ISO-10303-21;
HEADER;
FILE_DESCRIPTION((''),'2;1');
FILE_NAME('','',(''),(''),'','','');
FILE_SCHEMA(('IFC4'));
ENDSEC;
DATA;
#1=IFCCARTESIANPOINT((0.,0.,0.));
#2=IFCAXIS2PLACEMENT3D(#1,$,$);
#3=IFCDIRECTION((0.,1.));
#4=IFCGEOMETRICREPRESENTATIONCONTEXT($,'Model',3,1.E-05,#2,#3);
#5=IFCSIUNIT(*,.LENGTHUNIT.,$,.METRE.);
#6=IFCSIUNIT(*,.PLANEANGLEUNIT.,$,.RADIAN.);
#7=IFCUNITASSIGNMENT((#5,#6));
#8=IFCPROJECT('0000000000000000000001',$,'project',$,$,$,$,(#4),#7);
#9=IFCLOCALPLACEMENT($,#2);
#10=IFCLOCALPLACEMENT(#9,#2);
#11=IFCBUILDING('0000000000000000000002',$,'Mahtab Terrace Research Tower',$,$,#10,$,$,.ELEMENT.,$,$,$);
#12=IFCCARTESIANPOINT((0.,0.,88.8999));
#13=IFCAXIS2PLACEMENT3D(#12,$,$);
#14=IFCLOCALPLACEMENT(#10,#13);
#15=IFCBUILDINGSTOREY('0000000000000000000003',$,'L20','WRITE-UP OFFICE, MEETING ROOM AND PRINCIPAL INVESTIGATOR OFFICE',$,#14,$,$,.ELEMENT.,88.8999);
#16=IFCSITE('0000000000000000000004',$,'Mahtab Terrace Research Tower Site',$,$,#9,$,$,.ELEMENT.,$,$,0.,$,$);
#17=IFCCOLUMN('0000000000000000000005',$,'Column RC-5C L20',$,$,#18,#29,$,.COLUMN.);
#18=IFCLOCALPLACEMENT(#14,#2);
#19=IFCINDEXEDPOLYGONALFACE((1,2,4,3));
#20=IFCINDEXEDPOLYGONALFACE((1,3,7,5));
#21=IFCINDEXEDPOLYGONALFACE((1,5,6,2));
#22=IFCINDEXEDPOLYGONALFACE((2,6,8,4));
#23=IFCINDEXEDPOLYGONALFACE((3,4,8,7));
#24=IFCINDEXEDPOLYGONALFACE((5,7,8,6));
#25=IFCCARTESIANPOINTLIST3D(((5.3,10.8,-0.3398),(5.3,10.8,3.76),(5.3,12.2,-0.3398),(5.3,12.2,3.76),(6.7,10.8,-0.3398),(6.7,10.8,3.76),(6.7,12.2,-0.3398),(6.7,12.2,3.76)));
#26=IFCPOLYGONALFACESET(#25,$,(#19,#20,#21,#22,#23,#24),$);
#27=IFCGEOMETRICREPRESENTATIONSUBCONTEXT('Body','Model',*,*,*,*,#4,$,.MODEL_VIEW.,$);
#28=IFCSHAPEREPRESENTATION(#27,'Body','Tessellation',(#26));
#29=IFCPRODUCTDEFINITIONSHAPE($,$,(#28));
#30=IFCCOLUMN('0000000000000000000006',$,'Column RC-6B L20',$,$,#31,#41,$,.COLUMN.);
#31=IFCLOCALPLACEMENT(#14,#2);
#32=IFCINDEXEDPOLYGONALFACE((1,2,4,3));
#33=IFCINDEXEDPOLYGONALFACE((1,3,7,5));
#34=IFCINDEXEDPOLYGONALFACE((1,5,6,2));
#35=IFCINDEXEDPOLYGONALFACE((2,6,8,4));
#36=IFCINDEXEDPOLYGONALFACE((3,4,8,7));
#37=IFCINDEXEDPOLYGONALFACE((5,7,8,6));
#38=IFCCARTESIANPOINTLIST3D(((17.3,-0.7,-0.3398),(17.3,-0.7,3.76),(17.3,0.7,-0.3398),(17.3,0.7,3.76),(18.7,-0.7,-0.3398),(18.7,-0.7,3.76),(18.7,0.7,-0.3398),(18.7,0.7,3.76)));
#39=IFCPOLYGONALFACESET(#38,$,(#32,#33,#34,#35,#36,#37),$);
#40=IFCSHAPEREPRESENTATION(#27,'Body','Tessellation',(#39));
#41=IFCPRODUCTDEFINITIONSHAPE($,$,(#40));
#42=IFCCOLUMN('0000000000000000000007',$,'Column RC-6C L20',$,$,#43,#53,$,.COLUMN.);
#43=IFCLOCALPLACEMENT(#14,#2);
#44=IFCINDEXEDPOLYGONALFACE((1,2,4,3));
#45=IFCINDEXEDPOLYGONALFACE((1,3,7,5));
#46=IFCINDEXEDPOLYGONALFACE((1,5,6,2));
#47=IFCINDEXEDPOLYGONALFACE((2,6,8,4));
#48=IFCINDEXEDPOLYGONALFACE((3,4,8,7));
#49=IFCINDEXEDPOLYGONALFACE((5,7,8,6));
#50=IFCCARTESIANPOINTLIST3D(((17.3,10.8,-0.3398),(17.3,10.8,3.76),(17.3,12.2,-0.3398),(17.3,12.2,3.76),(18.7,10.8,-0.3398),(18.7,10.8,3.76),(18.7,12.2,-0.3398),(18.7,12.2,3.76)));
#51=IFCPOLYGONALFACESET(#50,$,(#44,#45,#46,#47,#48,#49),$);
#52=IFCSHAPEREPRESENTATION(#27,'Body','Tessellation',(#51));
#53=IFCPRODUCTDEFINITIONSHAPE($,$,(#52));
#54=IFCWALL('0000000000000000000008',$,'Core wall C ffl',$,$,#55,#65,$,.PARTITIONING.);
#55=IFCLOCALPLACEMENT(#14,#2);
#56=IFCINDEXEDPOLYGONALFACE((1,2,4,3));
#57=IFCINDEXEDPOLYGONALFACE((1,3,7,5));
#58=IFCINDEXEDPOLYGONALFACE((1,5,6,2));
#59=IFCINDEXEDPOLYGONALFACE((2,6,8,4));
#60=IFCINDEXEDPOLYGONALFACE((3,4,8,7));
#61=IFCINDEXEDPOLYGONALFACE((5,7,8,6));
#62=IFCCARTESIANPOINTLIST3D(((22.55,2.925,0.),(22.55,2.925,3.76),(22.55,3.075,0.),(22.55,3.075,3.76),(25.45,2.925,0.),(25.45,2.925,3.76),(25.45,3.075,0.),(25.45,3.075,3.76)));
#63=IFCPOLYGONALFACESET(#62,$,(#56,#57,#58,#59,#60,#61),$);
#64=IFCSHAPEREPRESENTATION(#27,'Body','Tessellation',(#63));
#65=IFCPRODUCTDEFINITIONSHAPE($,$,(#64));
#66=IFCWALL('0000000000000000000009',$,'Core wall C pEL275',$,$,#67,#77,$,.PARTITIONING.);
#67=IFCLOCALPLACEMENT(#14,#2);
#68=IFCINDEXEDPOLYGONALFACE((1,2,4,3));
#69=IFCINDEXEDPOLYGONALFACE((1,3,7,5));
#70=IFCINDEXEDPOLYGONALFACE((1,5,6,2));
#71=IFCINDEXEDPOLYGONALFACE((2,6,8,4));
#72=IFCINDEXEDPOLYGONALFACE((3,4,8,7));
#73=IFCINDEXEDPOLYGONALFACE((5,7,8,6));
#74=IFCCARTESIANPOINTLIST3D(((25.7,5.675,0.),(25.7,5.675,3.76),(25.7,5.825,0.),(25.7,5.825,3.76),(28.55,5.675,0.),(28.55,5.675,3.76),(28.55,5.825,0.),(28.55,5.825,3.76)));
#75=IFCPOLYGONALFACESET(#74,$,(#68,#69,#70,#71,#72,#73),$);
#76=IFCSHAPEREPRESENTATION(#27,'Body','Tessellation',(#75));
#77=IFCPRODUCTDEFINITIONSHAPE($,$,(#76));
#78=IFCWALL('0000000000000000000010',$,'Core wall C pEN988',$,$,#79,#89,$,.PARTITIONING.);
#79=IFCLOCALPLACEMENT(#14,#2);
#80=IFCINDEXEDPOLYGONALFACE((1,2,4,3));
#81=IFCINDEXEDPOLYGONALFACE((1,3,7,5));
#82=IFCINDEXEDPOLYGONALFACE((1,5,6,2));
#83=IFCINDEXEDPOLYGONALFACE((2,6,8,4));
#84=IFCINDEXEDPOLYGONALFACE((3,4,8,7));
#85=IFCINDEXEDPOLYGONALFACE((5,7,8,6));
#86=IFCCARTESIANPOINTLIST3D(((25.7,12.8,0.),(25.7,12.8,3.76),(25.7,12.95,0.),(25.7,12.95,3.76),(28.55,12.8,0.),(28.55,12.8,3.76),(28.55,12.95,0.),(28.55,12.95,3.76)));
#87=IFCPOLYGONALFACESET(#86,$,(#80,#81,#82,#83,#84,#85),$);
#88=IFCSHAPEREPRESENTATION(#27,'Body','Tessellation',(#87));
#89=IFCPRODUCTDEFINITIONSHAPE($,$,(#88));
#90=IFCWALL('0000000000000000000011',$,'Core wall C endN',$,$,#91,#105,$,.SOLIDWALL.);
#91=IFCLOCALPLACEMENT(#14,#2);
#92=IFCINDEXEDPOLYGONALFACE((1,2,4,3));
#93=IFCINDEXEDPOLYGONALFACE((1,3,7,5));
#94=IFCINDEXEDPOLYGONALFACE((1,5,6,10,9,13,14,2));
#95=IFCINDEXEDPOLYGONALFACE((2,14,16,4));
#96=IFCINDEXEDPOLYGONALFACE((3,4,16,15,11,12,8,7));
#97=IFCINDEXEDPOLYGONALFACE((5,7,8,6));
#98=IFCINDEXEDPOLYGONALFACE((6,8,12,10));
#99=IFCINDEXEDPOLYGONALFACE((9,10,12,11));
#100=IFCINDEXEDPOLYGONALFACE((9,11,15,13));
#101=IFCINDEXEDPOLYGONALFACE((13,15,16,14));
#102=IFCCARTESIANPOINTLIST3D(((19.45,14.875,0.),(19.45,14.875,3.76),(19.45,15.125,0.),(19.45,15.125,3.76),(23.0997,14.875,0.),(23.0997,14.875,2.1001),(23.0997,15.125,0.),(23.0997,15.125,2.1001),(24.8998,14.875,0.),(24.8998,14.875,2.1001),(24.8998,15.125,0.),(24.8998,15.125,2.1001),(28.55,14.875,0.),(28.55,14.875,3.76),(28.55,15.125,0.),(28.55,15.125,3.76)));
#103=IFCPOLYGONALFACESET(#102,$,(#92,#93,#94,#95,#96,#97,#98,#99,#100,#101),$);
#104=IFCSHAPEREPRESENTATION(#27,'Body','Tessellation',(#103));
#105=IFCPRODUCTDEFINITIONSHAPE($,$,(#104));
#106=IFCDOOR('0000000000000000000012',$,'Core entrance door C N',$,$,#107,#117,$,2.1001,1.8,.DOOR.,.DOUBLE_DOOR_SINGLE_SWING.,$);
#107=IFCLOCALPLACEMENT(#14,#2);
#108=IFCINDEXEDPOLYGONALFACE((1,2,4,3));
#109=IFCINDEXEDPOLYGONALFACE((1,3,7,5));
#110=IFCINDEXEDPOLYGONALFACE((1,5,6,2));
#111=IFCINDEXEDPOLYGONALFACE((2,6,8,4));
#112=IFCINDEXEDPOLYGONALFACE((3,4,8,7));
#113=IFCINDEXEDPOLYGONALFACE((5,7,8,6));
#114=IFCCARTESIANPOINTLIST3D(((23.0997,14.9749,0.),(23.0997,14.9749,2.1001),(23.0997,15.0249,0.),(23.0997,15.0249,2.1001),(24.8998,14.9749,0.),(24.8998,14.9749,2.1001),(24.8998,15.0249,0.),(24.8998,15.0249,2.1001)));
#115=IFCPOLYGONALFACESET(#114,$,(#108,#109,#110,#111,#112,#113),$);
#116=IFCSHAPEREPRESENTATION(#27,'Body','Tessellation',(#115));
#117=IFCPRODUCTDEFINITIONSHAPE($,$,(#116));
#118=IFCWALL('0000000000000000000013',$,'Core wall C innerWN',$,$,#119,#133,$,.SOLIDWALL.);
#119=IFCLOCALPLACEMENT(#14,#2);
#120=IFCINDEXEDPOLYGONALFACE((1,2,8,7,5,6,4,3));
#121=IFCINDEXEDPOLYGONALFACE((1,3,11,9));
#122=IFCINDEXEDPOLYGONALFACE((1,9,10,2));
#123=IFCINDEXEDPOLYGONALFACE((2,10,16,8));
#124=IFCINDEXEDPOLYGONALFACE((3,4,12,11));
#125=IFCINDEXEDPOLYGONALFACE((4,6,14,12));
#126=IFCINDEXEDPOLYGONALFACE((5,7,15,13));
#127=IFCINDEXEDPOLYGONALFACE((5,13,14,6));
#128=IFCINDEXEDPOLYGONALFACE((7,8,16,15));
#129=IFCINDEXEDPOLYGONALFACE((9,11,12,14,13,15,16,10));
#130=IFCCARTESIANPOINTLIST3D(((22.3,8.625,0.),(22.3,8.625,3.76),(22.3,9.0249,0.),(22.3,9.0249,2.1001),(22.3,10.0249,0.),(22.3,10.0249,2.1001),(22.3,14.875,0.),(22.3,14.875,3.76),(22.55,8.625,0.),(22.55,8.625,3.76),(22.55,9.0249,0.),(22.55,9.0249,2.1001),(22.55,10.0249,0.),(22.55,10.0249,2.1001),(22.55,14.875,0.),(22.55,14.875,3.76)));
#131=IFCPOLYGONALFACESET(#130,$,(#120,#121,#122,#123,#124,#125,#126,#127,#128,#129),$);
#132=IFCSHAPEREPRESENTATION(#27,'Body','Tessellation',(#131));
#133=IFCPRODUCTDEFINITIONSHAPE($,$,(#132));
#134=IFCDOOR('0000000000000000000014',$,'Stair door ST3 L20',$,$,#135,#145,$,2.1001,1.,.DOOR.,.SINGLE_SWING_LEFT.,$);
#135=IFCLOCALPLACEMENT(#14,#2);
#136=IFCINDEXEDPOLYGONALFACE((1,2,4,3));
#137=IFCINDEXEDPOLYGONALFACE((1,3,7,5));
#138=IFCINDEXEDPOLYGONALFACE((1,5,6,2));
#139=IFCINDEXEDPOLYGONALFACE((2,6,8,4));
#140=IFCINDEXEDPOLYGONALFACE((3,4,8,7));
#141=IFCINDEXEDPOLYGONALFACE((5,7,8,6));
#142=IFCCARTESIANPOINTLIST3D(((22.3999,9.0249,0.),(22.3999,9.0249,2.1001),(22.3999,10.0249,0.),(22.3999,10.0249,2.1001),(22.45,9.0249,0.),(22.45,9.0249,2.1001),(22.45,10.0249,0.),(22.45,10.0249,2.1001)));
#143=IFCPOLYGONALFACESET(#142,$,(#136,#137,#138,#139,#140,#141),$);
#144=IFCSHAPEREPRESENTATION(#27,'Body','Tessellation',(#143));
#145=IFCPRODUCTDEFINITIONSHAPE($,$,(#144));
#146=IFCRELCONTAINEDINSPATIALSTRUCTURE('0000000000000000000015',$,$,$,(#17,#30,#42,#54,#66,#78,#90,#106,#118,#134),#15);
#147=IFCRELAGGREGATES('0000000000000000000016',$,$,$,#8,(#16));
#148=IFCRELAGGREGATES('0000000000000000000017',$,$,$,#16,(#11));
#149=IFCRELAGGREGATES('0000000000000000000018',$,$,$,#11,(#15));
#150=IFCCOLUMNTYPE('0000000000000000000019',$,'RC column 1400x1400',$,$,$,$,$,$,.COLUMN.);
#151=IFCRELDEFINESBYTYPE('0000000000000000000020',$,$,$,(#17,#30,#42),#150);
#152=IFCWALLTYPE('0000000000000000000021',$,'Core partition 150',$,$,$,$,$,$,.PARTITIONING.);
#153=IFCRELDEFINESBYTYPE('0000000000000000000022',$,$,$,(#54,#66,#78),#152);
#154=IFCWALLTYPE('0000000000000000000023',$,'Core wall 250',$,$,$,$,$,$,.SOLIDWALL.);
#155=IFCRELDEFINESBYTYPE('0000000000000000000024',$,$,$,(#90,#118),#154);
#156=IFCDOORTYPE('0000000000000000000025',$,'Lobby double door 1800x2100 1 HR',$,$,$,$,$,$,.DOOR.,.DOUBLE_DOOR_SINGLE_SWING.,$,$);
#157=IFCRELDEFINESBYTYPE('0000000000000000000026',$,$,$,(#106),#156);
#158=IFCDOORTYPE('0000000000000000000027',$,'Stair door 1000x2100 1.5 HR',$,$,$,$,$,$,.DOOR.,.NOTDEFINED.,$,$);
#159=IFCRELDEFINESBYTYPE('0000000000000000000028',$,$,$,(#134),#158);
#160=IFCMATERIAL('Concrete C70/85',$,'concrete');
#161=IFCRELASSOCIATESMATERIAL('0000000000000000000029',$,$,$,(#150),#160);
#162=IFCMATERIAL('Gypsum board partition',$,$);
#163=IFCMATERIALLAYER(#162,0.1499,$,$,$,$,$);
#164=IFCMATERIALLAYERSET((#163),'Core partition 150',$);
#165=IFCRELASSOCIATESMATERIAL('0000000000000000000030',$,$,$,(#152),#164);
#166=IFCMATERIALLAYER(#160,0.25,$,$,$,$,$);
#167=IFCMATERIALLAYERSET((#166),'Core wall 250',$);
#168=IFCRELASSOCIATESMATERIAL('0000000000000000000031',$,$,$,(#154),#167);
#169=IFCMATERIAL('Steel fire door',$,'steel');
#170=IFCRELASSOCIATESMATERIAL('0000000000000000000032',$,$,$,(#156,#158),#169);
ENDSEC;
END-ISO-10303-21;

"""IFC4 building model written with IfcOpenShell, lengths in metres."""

from ifc_helpers import new_model, si_unit, direction, frame, frame_2d, origin, origin_2d, place, context, subcontext, project, spatial, rectangle, extrude, material, layer, layer_set, material_profile, profile_set, type_object, element, fill, save


model = new_model("IFC4")

# Units and contexts
model_context = context("Model", 3, precision=1e-05, world=origin(), true_north=direction((0.0, 1.0)))
body_context = subcontext(model_context, "Body", "Model", "MODEL_VIEW")
ifc_project = project(units=[si_unit("LENGTHUNIT", "METRE"), si_unit("PLANEANGLEUNIT", "RADIAN")], contexts=[model_context])

# Site, building, storey
site_placement = place(None, origin())
site = spatial("IfcSite", under=ifc_project, at=site_placement, Name="Mahtab Terrace Research Tower Site", CompositionType="ELEMENT", RefElevation=0.0)
building_placement = place(site_placement, origin())
building = spatial("IfcBuilding", under=site, at=building_placement, Name="Mahtab Terrace Research Tower", CompositionType="ELEMENT")
storey_placement = place(building_placement, frame((0.0, 0.0, 88.8999)))
storey = spatial("IfcBuildingStorey", under=building, at=storey_placement, Name="L20", Description="WRITE-UP OFFICE, MEETING ROOM AND PRINCIPAL INVESTIGATOR OFFICE", CompositionType="ELEMENT", Elevation=88.8999)

# Columns
ifc_material_1 = material(Name="Concrete C70/85", Category="concrete")
ifc_material_profile = material_profile(ifc_material_1, rectangle(XDim=1.3999, YDim=1.3999, at=origin_2d()), Name="RC column 1400x1400")
ifc_profile_set = profile_set([ifc_material_profile], Name="Concrete C70/85")
column_type = type_object("IfcColumnType", Name="RC column 1400x1400", PredefinedType="COLUMN", material=ifc_profile_set)
for number, where, z_axis, x_axis, name in (
    (1, (6.0, 11.5, -0.3398), (0.0, 0.0, 1.0), (1.0, 0.0, 0.0), "Column RC-5C L20"),
    (2, (18.0, 0.0, -0.3398), (0.0, 0.0, 1.0), (1.0, 0.0, 0.0), "Column RC-6B L20"),
    (3, (18.0, 11.5, -0.3398), (0.0, 0.0, 1.0), (1.0, 0.0, 0.0), "Column RC-6C L20"),
):
    element("IfcColumn", number, at=place(storey_placement, frame(where, z_axis=z_axis, x_axis=x_axis)), inside=storey, type_object=column_type, Name=name, PredefinedType="COLUMN", context=body_context, shape_type="SweptSolid", body=[
        extrude(rectangle(XDim=1.3999, YDim=1.3999, at=origin_2d()), origin(), (0.0, 0.0, 1.0), 4.0999),
    ])

# Walls
ifc_material_2 = material(Name="Gypsum board partition")
ifc_layer_1 = layer(ifc_material_2, 0.1499)
ifc_layer_set_1 = layer_set([ifc_layer_1], Name="Core partition 150")
wall_type_1 = type_object("IfcWallType", Name="Core partition 150", PredefinedType="PARTITIONING", material=ifc_layer_set_1)
wall_1_placement = place(storey_placement, frame((22.55, 3.0, 0.0), z_axis=(0.0, 0.0, 1.0), x_axis=(1.0, 0.0, 0.0)))
element("IfcWall", 4, at=wall_1_placement, inside=storey, type_object=wall_type_1, Name="Core wall C ffl", PredefinedType="PARTITIONING", context=body_context, shape_type="SweptSolid", body=[
    extrude(rectangle(XDim=2.8999, YDim=0.1499, at=frame_2d((1.45, 0.0))), origin(), (0.0, 0.0, 1.0), 3.76),
])
for number, where, z_axis, x_axis, name in (
    (5, (25.7, 5.75, 0.0), (0.0, 0.0, 1.0), (1.0, 0.0, 0.0), "Core wall C pEL275"),
    (6, (25.7, 12.875, 0.0), (0.0, 0.0, 1.0), (1.0, 0.0, 0.0), "Core wall C pEN988"),
):
    element("IfcWall", number, at=place(storey_placement, frame(where, z_axis=z_axis, x_axis=x_axis)), inside=storey, type_object=wall_type_1, Name=name, PredefinedType="PARTITIONING", context=body_context, shape_type="SweptSolid", body=[
        extrude(rectangle(XDim=2.8501, YDim=0.1499, at=frame_2d((1.425, 0.0))), origin(), (0.0, 0.0, 1.0), 3.76),
    ])

# Walls, openings, doors
ifc_layer_2 = layer(ifc_material_1, 0.25)
ifc_layer_set_2 = layer_set([ifc_layer_2], Name="Core wall 250")
wall_type_2 = type_object("IfcWallType", Name="Core wall 250", PredefinedType="SOLIDWALL", material=ifc_layer_set_2)
wall_2_placement = place(storey_placement, frame((19.45, 15.0, 0.0), z_axis=(0.0, 0.0, 1.0), x_axis=(1.0, 0.0, 0.0)))
wall_2 = element("IfcWall", 7, at=wall_2_placement, inside=storey, type_object=wall_type_2, Name="Core wall C endN", PredefinedType="SOLIDWALL", context=body_context, shape_type="SweptSolid", body=[
    extrude(rectangle(XDim=9.1001, YDim=0.25, at=frame_2d((4.55, 0.0))), origin(), (0.0, 0.0, 1.0), 3.76),
])
opening_1_placement = place(wall_2_placement, frame((3.6499, 0.0, 0.0)))
opening_1 = element("IfcOpeningElement", 8, at=opening_1_placement, cuts=wall_2, PredefinedType="OPENING", context=body_context, shape_type="SweptSolid", body=[
    extrude(rectangle(XDim=1.8, YDim=2.1001, at=frame_2d((0.8999, 1.05))), frame((0.0, 0.135, 0.0), z_axis=(0.0, -1.0, 0.0), x_axis=(1.0, 0.0, 0.0)), (0.0, 0.0, 1.0), 0.27),
])
ifc_material_3 = material(Name="Steel fire door", Category="steel")
door_type_1 = type_object("IfcDoorType", Name="Lobby double door 1800x2100 1 HR", OperationType="DOUBLE_DOOR_SINGLE_SWING", PredefinedType="DOOR", material=ifc_material_3)
door_1_placement = place(opening_1_placement, origin())
door_1 = element("IfcDoor", 9, at=door_1_placement, inside=storey, type_object=door_type_1, Name="Core entrance door C N", OperationType="DOUBLE_DOOR_SINGLE_SWING", OverallHeight=2.1001, OverallWidth=1.8, PredefinedType="DOOR", context=body_context, shape_type="SweptSolid", body=[
    extrude(rectangle(XDim=1.8, YDim=2.1001, at=frame_2d((0.8999, 1.05))), frame((0.0, 0.0249, 0.0), z_axis=(0.0, -1.0, 0.0), x_axis=(1.0, 0.0, 0.0)), (0.0, 0.0, 1.0), 0.05),
])
fill(opening_1, door_1)
wall_3_placement = place(storey_placement, frame((22.425, 14.875, 0.0), z_axis=(0.0, 0.0, 1.0), x_axis=(0.0, -1.0, 0.0)))
wall_3 = element("IfcWall", 10, at=wall_3_placement, inside=storey, type_object=wall_type_2, Name="Core wall C innerWN", PredefinedType="SOLIDWALL", context=body_context, shape_type="SweptSolid", body=[
    extrude(rectangle(XDim=6.25, YDim=0.25, at=frame_2d((3.125, 0.0))), origin(), (0.0, 0.0, 1.0), 3.76),
])
opening_2_placement = place(wall_3_placement, frame((4.8501, 0.0, 0.0)))
opening_2 = element("IfcOpeningElement", 11, at=opening_2_placement, cuts=wall_3, PredefinedType="OPENING", context=body_context, shape_type="SweptSolid", body=[
    extrude(rectangle(XDim=1.0, YDim=2.1001, at=frame_2d((0.5, 1.05))), frame((0.0, 0.135, 0.0), z_axis=(0.0, -1.0, 0.0), x_axis=(1.0, 0.0, 0.0)), (0.0, 0.0, 1.0), 0.27),
])
door_type_2 = type_object("IfcDoorType", Name="Stair door 1000x2100 1.5 HR", OperationType="NOTDEFINED", PredefinedType="DOOR", material=ifc_material_3)
door_2_placement = place(opening_2_placement, origin())
door_2 = element("IfcDoor", 12, at=door_2_placement, inside=storey, type_object=door_type_2, Name="Stair door ST3 L20", OperationType="SINGLE_SWING_LEFT", OverallHeight=2.1001, OverallWidth=1.0, PredefinedType="DOOR", context=body_context, shape_type="SweptSolid", body=[
    extrude(rectangle(XDim=1.0, YDim=2.1001, at=frame_2d((0.5, 1.05))), frame((0.0, 0.0249, 0.0), z_axis=(0.0, -1.0, 0.0), x_axis=(1.0, 0.0, 0.0)), (0.0, 0.0, 1.0), 0.05),
])
fill(opening_2, door_2)

save(model, "model.ifc")
